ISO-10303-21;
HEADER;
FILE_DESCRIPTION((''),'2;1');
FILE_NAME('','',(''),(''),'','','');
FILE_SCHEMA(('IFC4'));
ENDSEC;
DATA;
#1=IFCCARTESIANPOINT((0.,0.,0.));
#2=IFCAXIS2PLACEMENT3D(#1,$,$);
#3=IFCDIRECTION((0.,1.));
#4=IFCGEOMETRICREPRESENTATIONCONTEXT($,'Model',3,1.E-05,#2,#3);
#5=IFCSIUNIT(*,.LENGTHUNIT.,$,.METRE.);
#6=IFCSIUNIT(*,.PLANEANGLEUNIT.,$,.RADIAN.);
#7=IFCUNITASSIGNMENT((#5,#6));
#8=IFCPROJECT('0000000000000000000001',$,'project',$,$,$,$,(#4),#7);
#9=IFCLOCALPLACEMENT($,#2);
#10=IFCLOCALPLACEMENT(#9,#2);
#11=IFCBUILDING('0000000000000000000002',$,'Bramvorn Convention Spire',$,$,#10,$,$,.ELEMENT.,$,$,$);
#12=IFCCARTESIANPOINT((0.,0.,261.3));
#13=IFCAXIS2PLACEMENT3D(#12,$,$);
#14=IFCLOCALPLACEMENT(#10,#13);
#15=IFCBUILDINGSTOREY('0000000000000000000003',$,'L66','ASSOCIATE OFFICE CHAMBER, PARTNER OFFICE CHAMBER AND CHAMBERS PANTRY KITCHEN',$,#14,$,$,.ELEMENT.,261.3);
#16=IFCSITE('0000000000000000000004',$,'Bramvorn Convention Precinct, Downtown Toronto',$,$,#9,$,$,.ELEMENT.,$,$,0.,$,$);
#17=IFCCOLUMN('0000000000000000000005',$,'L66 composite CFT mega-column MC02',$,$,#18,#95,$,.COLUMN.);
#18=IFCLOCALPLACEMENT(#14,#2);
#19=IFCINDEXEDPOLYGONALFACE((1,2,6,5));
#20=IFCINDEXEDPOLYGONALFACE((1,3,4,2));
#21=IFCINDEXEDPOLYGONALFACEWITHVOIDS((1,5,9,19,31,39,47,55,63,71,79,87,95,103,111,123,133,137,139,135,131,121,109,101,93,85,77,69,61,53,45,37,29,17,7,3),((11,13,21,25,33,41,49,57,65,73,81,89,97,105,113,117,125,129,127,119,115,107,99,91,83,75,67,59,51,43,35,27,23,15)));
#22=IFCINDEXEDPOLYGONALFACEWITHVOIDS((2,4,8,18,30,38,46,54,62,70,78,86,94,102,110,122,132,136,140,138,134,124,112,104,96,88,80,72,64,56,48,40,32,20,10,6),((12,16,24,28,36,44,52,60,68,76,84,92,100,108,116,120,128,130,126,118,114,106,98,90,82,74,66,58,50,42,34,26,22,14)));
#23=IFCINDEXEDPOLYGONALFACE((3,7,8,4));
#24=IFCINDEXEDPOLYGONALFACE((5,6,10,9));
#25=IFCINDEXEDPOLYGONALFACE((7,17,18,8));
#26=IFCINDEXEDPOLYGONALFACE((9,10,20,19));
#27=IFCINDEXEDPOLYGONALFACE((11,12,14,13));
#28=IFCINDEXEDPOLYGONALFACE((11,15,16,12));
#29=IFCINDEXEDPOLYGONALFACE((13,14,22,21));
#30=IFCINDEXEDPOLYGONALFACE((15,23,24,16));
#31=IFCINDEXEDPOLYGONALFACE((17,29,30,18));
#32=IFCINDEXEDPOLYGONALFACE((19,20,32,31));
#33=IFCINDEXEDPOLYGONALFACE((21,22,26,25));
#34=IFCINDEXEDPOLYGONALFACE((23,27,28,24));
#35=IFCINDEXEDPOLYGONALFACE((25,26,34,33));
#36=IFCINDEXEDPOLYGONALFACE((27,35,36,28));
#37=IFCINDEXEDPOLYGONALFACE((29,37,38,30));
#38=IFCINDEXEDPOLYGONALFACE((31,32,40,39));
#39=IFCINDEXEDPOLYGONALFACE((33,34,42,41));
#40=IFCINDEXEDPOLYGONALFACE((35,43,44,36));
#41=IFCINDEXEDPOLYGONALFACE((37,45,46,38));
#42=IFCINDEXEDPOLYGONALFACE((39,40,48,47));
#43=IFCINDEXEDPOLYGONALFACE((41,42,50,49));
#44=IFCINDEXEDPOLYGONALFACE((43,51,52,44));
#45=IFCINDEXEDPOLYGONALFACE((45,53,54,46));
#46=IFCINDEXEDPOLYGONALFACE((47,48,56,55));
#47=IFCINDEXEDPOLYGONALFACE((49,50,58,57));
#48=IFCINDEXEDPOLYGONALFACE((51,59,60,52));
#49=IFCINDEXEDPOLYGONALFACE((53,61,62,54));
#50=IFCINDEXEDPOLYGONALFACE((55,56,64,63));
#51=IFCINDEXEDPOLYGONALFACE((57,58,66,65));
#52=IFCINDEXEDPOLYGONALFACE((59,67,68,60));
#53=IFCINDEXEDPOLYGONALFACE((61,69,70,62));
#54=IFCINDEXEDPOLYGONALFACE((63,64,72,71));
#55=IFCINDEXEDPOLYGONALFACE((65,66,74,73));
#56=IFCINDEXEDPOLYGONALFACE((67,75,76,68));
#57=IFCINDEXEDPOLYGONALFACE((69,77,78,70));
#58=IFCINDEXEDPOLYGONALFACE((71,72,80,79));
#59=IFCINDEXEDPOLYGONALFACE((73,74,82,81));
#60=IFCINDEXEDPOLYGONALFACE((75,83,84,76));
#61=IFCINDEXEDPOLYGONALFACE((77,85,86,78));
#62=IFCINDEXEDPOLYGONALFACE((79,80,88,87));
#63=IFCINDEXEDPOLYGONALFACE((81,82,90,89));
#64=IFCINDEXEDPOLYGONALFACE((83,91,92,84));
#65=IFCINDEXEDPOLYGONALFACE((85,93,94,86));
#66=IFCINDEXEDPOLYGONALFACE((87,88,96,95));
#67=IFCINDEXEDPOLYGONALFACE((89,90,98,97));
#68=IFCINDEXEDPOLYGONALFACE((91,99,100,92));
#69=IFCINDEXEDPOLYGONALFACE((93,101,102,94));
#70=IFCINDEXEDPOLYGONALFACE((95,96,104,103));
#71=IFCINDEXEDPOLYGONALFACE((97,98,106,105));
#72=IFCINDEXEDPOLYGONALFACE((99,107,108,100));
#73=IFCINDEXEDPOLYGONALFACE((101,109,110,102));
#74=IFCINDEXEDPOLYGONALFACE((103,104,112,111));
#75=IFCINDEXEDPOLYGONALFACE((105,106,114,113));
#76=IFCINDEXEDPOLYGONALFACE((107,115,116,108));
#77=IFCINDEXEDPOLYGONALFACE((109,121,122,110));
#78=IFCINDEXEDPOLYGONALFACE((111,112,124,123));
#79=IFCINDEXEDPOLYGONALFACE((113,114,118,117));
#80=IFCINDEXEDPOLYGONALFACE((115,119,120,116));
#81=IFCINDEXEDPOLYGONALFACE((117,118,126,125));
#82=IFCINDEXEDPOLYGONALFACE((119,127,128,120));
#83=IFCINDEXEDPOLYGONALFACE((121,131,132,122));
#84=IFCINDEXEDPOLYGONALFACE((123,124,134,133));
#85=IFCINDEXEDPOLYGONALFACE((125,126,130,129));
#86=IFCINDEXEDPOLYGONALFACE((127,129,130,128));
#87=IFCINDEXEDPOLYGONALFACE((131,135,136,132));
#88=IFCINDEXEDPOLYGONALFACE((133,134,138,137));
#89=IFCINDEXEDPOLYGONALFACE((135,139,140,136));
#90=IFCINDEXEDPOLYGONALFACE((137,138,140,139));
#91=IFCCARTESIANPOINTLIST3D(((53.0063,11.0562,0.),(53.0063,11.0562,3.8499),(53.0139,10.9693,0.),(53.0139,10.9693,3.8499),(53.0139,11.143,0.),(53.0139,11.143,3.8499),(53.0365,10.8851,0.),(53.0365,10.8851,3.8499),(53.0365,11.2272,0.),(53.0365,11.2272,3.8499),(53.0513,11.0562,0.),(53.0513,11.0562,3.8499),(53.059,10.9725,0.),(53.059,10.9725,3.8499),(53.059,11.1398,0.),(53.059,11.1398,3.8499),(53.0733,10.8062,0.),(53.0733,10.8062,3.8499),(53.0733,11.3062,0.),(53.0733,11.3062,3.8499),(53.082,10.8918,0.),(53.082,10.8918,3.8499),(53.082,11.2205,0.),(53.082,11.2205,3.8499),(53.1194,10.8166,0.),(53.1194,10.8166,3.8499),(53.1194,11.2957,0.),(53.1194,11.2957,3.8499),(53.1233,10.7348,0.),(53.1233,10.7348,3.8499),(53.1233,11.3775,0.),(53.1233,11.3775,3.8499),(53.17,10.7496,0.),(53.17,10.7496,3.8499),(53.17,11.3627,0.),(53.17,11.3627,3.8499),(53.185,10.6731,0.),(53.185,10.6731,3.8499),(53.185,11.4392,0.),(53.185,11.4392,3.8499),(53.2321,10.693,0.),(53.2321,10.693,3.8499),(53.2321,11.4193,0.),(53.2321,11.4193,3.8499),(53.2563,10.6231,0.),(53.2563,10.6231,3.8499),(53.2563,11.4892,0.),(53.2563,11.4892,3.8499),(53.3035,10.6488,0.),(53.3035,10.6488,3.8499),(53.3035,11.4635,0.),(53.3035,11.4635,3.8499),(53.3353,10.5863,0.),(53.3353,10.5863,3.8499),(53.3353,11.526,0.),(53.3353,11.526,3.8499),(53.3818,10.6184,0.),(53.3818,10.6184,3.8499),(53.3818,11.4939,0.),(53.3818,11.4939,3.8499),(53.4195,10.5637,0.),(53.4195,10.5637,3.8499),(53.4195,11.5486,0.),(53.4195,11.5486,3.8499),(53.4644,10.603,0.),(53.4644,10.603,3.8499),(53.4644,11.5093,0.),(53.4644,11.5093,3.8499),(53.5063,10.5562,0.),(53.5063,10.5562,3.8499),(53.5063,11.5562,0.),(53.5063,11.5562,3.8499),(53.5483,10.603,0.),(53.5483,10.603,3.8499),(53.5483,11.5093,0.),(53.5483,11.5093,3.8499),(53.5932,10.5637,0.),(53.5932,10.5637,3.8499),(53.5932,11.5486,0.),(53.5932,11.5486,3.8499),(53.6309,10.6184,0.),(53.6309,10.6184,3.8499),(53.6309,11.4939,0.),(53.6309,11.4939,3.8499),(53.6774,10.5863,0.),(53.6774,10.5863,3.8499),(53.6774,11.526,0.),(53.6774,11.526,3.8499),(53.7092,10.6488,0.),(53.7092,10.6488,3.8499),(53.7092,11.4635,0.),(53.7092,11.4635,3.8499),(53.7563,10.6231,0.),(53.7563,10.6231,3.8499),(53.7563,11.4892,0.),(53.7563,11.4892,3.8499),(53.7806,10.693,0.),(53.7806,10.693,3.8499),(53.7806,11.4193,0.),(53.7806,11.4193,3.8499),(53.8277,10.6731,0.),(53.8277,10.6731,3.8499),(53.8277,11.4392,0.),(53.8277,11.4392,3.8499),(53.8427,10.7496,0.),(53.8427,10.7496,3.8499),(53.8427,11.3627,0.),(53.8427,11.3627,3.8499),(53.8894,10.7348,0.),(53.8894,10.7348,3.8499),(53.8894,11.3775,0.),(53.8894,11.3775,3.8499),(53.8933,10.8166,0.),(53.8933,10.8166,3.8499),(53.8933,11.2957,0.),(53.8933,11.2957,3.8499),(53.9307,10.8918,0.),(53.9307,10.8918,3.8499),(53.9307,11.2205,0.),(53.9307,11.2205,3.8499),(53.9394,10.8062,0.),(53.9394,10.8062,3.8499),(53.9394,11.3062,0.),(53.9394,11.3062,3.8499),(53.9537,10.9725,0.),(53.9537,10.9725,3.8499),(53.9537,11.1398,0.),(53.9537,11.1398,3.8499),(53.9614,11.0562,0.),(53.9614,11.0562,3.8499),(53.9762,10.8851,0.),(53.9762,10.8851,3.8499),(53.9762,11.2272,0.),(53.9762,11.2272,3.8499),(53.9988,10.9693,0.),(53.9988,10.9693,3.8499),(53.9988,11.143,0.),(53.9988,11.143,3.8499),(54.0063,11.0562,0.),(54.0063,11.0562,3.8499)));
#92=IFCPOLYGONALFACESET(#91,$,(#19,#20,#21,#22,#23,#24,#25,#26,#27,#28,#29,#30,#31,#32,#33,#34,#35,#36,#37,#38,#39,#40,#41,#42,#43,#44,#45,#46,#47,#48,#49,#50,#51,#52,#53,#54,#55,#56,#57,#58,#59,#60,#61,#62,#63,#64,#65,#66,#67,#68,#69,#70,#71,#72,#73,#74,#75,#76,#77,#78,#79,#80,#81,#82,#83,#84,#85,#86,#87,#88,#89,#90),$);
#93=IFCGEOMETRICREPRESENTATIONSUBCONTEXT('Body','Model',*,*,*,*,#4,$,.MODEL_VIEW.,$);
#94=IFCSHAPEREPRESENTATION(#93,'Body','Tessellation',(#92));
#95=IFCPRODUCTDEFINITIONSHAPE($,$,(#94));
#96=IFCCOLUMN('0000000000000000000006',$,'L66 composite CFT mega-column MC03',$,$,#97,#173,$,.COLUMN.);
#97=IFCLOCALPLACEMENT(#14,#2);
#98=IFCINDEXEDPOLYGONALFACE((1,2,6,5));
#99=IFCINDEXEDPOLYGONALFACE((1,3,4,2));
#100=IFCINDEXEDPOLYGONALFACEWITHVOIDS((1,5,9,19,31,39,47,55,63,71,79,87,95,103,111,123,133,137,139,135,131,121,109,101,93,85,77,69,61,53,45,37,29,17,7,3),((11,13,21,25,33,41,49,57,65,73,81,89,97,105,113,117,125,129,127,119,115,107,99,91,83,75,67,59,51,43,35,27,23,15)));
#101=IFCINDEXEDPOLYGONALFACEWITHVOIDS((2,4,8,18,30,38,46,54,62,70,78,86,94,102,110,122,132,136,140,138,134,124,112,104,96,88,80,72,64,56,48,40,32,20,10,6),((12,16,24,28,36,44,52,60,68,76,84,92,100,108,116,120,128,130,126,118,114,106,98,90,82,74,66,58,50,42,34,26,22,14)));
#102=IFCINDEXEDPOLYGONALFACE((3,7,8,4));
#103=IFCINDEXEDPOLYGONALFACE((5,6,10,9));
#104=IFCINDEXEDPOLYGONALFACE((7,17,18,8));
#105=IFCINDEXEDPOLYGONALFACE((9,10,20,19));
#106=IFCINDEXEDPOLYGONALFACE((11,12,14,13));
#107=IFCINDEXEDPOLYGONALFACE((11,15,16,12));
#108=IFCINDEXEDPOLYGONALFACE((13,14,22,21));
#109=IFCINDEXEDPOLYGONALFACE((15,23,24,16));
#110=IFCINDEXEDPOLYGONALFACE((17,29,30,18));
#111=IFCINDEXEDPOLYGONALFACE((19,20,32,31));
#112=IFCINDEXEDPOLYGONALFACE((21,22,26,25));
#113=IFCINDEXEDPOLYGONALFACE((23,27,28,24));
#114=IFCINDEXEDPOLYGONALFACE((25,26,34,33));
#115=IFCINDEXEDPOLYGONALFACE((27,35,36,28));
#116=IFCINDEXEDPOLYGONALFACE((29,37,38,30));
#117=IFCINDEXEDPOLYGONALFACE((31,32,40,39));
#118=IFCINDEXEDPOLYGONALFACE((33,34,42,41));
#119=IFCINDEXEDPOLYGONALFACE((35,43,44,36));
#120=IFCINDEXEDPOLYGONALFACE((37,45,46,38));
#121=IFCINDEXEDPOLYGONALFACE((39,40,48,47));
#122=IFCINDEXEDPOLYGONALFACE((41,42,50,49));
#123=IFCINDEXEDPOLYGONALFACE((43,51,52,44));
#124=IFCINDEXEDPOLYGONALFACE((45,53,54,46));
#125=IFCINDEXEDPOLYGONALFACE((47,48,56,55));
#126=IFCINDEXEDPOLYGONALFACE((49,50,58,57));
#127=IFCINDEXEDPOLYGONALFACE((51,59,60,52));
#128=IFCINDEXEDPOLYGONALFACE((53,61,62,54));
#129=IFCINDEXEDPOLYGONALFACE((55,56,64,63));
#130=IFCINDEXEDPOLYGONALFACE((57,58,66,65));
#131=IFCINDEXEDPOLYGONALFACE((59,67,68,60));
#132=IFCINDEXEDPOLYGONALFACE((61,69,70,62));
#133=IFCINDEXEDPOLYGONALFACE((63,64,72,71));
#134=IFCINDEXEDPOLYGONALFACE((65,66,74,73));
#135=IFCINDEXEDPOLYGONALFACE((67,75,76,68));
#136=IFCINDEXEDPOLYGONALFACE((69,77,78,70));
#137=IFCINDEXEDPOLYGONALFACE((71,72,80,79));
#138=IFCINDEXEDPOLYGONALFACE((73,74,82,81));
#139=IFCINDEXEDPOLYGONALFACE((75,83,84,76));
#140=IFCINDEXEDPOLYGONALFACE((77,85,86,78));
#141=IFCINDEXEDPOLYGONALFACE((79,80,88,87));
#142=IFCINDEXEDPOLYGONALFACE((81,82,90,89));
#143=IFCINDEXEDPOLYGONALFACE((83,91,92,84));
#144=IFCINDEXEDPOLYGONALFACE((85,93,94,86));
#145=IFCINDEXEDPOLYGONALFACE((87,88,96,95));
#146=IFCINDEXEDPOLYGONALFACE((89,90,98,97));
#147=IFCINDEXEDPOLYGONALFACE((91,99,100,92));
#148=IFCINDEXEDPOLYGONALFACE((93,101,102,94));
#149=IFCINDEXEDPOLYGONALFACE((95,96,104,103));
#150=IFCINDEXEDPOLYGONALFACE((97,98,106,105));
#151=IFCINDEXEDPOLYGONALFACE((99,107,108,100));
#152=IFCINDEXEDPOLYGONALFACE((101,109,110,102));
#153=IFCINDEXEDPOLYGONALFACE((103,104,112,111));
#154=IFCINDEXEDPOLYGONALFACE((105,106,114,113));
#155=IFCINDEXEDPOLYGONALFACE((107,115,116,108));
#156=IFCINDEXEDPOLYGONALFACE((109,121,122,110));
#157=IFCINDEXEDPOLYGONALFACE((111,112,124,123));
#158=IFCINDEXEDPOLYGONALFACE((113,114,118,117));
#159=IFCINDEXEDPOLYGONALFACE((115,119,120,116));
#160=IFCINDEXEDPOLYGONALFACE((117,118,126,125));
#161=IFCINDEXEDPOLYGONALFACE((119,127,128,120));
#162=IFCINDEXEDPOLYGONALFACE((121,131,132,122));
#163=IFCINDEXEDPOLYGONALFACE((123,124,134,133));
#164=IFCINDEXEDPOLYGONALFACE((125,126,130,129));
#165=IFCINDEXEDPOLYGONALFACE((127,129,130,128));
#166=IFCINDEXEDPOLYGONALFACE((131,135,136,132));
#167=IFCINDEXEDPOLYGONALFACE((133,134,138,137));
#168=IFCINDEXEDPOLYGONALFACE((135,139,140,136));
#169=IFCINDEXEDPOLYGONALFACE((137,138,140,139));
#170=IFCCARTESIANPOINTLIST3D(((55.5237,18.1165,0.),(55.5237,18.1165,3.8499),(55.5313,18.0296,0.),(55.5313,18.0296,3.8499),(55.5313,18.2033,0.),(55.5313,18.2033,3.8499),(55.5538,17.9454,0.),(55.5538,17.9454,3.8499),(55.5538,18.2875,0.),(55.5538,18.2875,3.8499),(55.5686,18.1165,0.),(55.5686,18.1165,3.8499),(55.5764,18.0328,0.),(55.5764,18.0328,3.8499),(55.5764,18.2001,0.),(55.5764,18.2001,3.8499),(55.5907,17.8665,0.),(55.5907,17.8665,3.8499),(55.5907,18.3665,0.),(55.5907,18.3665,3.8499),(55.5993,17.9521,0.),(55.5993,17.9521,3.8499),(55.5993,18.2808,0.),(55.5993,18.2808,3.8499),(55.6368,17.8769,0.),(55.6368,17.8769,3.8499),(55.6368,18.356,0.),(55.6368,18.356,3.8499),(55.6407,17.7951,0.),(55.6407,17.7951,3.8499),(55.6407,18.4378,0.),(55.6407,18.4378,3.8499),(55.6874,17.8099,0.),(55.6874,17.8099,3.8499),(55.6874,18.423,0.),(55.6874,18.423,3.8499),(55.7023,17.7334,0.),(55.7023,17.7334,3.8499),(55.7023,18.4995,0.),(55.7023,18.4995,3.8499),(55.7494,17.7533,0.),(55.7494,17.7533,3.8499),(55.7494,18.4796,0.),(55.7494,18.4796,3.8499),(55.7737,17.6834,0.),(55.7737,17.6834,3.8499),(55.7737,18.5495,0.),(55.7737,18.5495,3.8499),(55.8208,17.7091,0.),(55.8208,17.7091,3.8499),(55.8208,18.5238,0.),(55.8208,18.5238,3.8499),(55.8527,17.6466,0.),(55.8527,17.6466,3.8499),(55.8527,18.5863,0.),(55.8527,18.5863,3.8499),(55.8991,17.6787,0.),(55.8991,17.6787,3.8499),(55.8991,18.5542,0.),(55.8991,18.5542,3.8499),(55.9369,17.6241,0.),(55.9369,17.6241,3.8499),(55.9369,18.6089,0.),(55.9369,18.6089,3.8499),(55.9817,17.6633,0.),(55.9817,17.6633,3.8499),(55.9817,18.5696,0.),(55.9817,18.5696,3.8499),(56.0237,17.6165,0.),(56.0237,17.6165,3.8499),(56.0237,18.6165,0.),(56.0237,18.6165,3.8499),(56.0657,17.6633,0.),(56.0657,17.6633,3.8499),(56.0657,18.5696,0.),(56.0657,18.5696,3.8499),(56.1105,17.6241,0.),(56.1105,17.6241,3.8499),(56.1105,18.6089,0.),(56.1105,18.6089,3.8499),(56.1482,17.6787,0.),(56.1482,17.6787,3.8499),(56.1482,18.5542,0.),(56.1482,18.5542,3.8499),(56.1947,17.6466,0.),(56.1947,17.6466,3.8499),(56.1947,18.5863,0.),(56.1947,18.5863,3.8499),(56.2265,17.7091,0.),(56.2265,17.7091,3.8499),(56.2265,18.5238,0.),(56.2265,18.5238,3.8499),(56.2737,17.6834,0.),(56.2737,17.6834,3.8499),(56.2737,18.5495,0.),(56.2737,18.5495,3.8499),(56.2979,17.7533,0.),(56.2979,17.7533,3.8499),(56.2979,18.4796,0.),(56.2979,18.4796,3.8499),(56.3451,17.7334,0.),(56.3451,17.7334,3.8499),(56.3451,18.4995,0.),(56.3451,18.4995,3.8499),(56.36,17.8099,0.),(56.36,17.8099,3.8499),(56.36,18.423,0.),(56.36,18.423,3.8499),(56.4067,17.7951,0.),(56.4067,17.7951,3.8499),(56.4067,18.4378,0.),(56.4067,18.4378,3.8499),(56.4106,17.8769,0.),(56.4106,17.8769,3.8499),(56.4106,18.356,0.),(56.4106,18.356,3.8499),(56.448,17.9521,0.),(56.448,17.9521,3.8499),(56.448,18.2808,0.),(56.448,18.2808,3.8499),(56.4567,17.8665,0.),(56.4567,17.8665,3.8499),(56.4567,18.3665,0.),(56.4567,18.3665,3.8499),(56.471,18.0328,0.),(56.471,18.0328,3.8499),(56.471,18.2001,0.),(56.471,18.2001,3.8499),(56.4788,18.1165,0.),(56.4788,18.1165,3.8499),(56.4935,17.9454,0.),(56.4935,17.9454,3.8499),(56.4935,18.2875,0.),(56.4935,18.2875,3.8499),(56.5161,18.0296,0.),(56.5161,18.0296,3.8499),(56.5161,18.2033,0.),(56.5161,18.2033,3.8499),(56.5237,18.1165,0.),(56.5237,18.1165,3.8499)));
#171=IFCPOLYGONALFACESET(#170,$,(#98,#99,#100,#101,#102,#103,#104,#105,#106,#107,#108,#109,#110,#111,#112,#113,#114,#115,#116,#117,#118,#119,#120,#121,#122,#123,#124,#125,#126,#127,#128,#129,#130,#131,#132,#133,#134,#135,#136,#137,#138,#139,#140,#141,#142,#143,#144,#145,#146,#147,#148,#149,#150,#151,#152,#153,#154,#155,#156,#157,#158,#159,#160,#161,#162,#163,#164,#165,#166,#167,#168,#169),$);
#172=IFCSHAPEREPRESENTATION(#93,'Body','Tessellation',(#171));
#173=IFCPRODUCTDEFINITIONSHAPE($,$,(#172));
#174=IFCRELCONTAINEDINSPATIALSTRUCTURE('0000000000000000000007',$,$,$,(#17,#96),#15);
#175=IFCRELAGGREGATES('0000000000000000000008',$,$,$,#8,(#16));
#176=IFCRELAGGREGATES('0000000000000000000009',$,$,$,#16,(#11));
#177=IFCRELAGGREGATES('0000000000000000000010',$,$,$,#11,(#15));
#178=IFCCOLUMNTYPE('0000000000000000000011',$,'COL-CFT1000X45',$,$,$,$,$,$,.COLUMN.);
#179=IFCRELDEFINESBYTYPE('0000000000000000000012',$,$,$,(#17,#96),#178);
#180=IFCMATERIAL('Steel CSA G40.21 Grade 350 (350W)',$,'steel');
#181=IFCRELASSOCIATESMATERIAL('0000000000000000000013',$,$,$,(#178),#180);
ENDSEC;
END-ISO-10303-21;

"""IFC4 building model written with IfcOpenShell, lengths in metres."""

from ifc_helpers import new_model, si_unit, direction, frame, origin, origin_2d, place, context, subcontext, project, spatial, hollow_circle, extrude, material, material_profile, profile_set, type_object, element, save


model = new_model("IFC4")

# Units and contexts
model_context = context("Model", 3, precision=1e-05, world=origin(), true_north=direction((0.0, 1.0)))
body_context = subcontext(model_context, "Body", "Model", "MODEL_VIEW")
ifc_project = project(units=[si_unit("LENGTHUNIT", "METRE"), si_unit("PLANEANGLEUNIT", "RADIAN")], contexts=[model_context])

# Site, building, storey
site_placement = place(None, origin())
site = spatial("IfcSite", under=ifc_project, at=site_placement, Name="Bramvorn Convention Precinct, Downtown Toronto", CompositionType="ELEMENT", RefElevation=0.0)
building_placement = place(site_placement, origin())
building = spatial("IfcBuilding", under=site, at=building_placement, Name="Bramvorn Convention Spire", CompositionType="ELEMENT")
storey_placement = place(building_placement, frame((0.0, 0.0, 261.3)))
storey = spatial("IfcBuildingStorey", under=building, at=storey_placement, Name="L66", Description="ASSOCIATE OFFICE CHAMBER, PARTNER OFFICE CHAMBER AND CHAMBERS PANTRY KITCHEN", CompositionType="ELEMENT", Elevation=261.3)

# Columns
ifc_material_1 = material(Name="Steel CSA G40.21 Grade 350 (350W)", Category="steel")
ifc_material_profile_1 = material_profile(ifc_material_1, hollow_circle(Radius=0.5, WallThickness=0.0449, at=origin_2d()))
ifc_profile_set_1 = profile_set([ifc_material_profile_1], Name="Steel CSA G40.21 Grade 350 (350W) - CFT1000X45")
column_type = type_object("IfcColumnType", Name="COL-CFT1000X45", PredefinedType="COLUMN", material=ifc_profile_set_1)
for number, where, z_axis, x_axis, name in (
    (1, (53.5063, 11.0562, 0.0), (0.0, 0.0, 1.0), (1.0, 0.0, 0.0), "L66 composite CFT mega-column MC02"),
    (2, (56.0237, 18.1165, 0.0), (0.0, 0.0, 1.0), (1.0, 0.0, 0.0), "L66 composite CFT mega-column MC03"),
):
    element("IfcColumn", number, at=place(storey_placement, frame(where, z_axis=z_axis, x_axis=x_axis)), inside=storey, type_object=column_type, Name=name, PredefinedType="COLUMN", context=body_context, shape_type="SweptSolid", body=[
        extrude(hollow_circle(Radius=0.5, WallThickness=0.0449, at=origin_2d()), origin(), (0.0, 0.0, 1.0), 3.8499),
    ])

save(model, "model.ifc")
